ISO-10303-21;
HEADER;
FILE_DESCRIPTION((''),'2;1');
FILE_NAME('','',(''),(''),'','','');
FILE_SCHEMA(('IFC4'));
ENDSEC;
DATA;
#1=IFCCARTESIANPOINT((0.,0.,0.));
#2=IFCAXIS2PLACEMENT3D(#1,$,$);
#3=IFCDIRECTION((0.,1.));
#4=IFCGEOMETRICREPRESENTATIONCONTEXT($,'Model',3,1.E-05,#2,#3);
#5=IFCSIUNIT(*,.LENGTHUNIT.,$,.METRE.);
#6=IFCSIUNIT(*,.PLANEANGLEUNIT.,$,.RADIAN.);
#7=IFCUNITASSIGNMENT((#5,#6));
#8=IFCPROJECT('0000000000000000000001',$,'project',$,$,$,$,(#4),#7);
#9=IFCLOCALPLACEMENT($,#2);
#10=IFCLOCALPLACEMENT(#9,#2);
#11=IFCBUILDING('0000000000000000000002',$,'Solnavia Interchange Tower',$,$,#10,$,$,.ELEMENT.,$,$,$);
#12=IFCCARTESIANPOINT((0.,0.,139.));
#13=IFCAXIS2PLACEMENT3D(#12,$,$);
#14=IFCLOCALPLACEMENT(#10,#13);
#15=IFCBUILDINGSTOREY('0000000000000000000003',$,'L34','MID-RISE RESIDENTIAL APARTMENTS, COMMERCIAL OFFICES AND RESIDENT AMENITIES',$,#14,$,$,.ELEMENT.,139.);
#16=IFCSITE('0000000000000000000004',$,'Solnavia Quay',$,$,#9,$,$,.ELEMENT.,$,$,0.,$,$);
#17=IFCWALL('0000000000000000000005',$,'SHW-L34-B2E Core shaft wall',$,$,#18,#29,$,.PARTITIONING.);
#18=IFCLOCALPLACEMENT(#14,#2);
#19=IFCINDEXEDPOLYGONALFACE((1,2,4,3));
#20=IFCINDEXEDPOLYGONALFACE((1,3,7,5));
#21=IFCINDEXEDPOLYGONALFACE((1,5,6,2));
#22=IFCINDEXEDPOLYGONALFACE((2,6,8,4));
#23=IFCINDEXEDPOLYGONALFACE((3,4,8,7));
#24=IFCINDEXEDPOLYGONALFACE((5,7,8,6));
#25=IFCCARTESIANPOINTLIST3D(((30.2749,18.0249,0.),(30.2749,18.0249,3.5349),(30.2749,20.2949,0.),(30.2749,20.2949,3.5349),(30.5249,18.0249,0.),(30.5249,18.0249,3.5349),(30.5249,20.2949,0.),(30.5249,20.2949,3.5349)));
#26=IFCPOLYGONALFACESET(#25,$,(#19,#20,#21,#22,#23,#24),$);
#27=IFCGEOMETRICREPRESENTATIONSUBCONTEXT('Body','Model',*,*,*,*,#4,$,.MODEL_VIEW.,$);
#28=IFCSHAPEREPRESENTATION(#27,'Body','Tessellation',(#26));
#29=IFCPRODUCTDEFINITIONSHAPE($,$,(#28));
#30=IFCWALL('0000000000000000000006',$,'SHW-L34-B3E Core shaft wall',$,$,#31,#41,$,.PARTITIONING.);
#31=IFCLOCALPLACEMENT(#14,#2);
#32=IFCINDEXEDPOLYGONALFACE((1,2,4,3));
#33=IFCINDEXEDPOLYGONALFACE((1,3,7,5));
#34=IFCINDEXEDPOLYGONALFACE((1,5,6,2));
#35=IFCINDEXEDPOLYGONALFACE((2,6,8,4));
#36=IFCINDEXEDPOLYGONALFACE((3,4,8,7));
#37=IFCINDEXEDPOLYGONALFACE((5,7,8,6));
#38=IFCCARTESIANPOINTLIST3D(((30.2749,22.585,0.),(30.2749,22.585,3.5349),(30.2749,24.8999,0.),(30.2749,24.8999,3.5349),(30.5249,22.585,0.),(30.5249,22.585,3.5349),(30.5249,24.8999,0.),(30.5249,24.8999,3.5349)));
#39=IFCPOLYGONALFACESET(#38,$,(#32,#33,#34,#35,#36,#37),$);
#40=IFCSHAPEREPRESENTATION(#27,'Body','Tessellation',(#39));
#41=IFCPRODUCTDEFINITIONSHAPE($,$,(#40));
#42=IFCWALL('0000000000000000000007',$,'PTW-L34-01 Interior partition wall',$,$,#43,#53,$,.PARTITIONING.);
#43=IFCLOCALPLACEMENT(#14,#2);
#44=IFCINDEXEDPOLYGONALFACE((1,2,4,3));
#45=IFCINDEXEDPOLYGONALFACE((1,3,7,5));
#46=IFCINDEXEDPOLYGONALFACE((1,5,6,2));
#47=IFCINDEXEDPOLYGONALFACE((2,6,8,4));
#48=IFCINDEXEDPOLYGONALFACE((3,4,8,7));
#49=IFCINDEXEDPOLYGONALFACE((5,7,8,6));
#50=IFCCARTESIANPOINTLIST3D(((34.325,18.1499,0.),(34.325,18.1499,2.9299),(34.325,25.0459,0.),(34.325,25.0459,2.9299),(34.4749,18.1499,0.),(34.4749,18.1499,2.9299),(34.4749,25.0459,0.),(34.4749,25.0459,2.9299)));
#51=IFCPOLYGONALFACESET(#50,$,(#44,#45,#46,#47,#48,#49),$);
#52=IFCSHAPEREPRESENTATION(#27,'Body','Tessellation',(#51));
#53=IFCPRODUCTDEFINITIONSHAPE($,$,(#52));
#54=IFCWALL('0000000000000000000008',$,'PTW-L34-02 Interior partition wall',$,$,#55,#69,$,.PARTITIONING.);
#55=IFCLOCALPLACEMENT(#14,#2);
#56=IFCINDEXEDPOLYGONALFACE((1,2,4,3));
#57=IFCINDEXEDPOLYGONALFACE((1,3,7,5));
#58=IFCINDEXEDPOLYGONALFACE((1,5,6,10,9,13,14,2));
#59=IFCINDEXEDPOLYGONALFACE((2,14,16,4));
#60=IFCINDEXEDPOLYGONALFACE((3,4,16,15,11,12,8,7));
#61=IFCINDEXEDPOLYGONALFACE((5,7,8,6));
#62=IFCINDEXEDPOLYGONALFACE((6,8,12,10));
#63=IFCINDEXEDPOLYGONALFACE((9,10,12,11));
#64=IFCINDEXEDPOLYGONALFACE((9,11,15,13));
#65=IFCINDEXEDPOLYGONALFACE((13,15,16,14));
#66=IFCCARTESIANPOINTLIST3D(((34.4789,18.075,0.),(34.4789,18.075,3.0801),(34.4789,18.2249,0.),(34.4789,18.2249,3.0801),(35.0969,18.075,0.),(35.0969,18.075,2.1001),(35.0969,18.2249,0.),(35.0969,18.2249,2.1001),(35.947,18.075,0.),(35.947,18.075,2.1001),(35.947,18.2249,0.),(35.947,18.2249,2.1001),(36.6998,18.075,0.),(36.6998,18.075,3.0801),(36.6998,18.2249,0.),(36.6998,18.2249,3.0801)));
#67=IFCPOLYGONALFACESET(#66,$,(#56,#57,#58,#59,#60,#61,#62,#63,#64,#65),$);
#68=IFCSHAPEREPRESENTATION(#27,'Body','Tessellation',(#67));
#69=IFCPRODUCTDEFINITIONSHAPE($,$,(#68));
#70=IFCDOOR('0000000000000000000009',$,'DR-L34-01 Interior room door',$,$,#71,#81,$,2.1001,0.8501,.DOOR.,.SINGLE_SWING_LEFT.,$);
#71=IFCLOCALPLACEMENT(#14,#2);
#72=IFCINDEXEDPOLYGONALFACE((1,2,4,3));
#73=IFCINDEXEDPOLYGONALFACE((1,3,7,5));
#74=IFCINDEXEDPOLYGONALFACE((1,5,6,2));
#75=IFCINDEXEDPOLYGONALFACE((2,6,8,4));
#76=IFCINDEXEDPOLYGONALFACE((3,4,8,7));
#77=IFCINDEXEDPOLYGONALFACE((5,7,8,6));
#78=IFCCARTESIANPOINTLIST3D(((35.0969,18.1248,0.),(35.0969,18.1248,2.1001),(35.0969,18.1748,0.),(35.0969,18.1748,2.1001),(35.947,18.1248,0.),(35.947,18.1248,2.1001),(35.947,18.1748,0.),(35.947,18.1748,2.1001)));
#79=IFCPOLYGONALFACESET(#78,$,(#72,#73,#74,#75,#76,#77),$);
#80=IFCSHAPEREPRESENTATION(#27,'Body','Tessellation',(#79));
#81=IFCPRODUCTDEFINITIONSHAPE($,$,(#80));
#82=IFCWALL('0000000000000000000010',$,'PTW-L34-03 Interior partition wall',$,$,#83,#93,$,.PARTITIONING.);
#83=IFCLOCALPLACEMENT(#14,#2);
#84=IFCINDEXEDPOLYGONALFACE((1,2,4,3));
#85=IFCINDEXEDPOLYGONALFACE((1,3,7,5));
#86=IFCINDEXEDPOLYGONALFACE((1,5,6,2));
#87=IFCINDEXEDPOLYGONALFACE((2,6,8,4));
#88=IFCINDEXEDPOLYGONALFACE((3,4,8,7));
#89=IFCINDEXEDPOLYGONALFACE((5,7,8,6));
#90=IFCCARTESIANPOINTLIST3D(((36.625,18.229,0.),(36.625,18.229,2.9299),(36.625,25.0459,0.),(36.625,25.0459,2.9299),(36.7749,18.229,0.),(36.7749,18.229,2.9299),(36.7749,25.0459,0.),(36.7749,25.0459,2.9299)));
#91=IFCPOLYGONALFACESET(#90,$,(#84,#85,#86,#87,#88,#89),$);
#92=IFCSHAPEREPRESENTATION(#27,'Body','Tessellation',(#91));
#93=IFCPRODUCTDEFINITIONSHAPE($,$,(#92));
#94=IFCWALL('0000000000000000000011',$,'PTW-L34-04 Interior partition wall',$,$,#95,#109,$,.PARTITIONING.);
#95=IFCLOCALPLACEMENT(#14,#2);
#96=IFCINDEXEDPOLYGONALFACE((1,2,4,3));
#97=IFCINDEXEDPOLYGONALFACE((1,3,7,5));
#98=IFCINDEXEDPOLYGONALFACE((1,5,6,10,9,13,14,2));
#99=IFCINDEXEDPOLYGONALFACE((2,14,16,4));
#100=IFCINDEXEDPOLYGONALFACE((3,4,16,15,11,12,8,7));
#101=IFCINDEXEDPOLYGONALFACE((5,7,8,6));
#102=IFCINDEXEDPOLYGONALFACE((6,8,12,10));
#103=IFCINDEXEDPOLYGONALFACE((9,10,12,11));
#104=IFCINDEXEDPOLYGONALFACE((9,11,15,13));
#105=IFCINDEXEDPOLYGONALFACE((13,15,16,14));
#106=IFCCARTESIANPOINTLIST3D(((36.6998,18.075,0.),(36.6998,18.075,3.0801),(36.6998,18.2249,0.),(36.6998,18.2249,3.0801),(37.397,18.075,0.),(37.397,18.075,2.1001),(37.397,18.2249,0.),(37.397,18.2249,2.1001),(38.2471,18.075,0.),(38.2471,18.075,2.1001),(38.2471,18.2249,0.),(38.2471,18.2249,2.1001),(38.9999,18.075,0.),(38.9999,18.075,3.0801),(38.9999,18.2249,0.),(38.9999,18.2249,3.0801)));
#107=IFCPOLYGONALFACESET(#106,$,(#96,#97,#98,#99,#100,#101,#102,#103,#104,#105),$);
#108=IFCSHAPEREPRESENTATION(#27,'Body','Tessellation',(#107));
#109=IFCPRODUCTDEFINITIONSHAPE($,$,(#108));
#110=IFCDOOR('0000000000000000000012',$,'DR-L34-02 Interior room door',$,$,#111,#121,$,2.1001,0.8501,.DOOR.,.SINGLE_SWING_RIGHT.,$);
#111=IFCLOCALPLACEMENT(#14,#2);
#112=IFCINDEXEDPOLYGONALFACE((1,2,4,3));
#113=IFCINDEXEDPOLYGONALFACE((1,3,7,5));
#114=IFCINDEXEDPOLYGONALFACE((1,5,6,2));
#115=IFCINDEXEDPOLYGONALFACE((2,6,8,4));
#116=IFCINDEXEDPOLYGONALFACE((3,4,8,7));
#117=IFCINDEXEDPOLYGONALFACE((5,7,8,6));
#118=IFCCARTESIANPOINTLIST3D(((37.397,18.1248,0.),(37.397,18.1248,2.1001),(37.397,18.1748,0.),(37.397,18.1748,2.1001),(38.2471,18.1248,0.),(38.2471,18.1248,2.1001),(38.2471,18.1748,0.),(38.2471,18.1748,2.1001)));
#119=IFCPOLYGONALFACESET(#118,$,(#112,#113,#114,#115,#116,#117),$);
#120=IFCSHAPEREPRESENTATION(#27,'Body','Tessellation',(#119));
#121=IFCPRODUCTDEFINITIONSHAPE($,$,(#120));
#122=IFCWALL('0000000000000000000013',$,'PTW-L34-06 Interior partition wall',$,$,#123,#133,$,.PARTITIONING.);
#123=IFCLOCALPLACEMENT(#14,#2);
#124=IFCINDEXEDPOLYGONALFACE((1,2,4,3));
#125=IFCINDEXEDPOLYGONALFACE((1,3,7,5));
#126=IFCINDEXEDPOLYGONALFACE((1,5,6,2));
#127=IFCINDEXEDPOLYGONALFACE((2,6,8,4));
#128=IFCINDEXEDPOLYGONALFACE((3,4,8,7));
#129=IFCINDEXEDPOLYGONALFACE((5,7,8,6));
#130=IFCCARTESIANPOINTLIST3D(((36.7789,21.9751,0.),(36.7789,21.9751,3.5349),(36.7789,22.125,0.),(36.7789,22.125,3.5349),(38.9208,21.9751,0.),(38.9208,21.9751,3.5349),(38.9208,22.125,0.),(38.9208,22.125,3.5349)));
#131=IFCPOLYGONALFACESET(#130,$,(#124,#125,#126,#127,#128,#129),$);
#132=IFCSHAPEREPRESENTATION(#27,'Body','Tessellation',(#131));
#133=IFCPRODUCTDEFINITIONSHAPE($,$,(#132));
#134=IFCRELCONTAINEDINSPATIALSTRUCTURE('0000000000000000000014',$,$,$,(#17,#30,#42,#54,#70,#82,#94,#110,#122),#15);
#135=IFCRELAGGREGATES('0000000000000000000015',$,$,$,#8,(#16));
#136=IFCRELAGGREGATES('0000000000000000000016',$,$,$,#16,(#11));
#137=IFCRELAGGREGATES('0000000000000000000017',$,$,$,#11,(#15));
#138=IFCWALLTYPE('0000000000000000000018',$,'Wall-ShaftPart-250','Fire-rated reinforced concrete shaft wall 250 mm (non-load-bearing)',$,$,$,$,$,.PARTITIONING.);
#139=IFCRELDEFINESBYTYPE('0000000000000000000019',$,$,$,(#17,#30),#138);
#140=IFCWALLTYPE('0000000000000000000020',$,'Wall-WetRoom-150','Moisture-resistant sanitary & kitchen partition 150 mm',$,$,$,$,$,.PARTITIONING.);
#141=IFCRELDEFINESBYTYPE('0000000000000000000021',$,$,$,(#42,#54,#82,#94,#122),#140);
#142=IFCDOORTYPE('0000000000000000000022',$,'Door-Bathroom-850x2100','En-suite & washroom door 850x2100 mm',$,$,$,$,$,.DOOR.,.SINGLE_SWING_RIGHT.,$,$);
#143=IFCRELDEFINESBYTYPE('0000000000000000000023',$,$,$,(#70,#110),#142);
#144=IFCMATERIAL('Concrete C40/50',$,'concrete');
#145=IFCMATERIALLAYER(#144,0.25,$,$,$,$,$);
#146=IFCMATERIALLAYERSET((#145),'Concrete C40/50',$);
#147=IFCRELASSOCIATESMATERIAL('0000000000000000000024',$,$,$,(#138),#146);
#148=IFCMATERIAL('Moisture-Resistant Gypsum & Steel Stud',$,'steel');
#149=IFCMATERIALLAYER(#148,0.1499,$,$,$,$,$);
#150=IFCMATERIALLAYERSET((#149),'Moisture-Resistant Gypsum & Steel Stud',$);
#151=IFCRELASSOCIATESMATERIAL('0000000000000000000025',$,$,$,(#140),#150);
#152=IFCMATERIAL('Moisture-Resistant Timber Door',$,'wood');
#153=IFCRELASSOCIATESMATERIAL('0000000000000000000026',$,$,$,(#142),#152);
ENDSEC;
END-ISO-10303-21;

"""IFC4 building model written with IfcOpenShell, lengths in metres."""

from ifc_helpers import new_model, si_unit, direction, frame, frame_2d, origin, place, context, subcontext, project, spatial, rectangle, extrude, material, layer, layer_set, type_object, element, fill, save


model = new_model("IFC4")

# Units and contexts
model_context = context("Model", 3, precision=1e-05, world=origin(), true_north=direction((0.0, 1.0)))
body_context = subcontext(model_context, "Body", "Model", "MODEL_VIEW")
ifc_project = project(units=[si_unit("LENGTHUNIT", "METRE"), si_unit("PLANEANGLEUNIT", "RADIAN")], contexts=[model_context])

# Site, building, storey
site_placement = place(None, origin())
site = spatial("IfcSite", under=ifc_project, at=site_placement, Name="Solnavia Quay", CompositionType="ELEMENT", RefElevation=0.0)
building_placement = place(site_placement, origin())
building = spatial("IfcBuilding", under=site, at=building_placement, Name="Solnavia Interchange Tower", CompositionType="ELEMENT")
storey_placement = place(building_placement, frame((0.0, 0.0, 139.0)))
storey = spatial("IfcBuildingStorey", under=building, at=storey_placement, Name="L34", Description="MID-RISE RESIDENTIAL APARTMENTS, COMMERCIAL OFFICES AND RESIDENT AMENITIES", CompositionType="ELEMENT", Elevation=139.0)

# Shared definitions
ifc_material_1 = material(Name="Concrete C40/50", Category="concrete")

# Shared definitions
ifc_layer_1 = layer(ifc_material_1, 0.25)
ifc_layer_set_1 = layer_set([ifc_layer_1], Name="Concrete C40/50")
wall_type_1 = type_object("IfcWallType", Name="Wall-ShaftPart-250", Description="Fire-rated reinforced concrete shaft wall 250 mm (non-load-bearing)", PredefinedType="PARTITIONING", material=ifc_layer_set_1)

# Walls
wall_1_placement = place(storey_placement, frame((30.3999, 18.0249, 0.0), z_axis=(0.0, 0.0, 1.0), x_axis=(0.0, 1.0, 0.0)))
element("IfcWall", 1, at=wall_1_placement, inside=storey, type_object=wall_type_1, Name="SHW-L34-B2E Core shaft wall", PredefinedType="PARTITIONING", context=body_context, shape_type="SweptSolid", body=[
    extrude(rectangle(XDim=2.27, YDim=0.25, at=frame_2d((1.135, 0.0))), origin(), (0.0, 0.0, 1.0), 3.5349),
])
wall_2_placement = place(storey_placement, frame((30.3999, 22.585, 0.0), z_axis=(0.0, 0.0, 1.0), x_axis=(0.0, 1.0, 0.0)))
element("IfcWall", 2, at=wall_2_placement, inside=storey, type_object=wall_type_1, Name="SHW-L34-B3E Core shaft wall", PredefinedType="PARTITIONING", context=body_context, shape_type="SweptSolid", body=[
    extrude(rectangle(XDim=2.3149, YDim=0.25, at=frame_2d((1.1575, 0.0))), origin(), (0.0, 0.0, 1.0), 3.5349),
])
ifc_material_2 = material(Name="Moisture-Resistant Gypsum & Steel Stud", Category="steel")
ifc_layer_2 = layer(ifc_material_2, 0.1499)
ifc_layer_set_2 = layer_set([ifc_layer_2], Name="Moisture-Resistant Gypsum & Steel Stud")
wall_type_2 = type_object("IfcWallType", Name="Wall-WetRoom-150", Description="Moisture-resistant sanitary & kitchen partition 150 mm", PredefinedType="PARTITIONING", material=ifc_layer_set_2)
wall_3_placement = place(storey_placement, frame((34.3999, 18.1499, 0.0), z_axis=(0.0, 0.0, 1.0), x_axis=(0.0, 1.0, 0.0)))
element("IfcWall", 3, at=wall_3_placement, inside=storey, type_object=wall_type_2, Name="PTW-L34-01 Interior partition wall", PredefinedType="PARTITIONING", context=body_context, shape_type="SweptSolid", body=[
    extrude(rectangle(XDim=6.896, YDim=0.1499, at=frame_2d((3.448, 0.0))), origin(), (0.0, 0.0, 1.0), 2.9299),
])

# Wall, opening, door
wall_4_placement = place(storey_placement, frame((34.479, 18.1499, 0.0), z_axis=(0.0, 0.0, 1.0), x_axis=(1.0, 0.0, 0.0)))
wall_4 = element("IfcWall", 4, at=wall_4_placement, inside=storey, type_object=wall_type_2, Name="PTW-L34-02 Interior partition wall", PredefinedType="PARTITIONING", context=body_context, shape_type="SweptSolid", body=[
    extrude(rectangle(XDim=2.2209, YDim=0.1499, at=frame_2d((1.1104, 0.0))), origin(), (0.0, 0.0, 1.0), 3.0801),
])
opening_1_placement = place(wall_4_placement, frame((0.6179, 0.0, 0.0)))
opening_1 = element("IfcOpeningElement", 5, at=opening_1_placement, cuts=wall_4, PredefinedType="OPENING", context=body_context, shape_type="SweptSolid", body=[
    extrude(rectangle(XDim=0.8501, YDim=2.1001, at=frame_2d((0.425, 1.05))), frame((0.0, 0.085, 0.0), z_axis=(0.0, -1.0, 0.0), x_axis=(1.0, 0.0, 0.0)), (0.0, 0.0, 1.0), 0.1699),
])
ifc_material_3 = material(Name="Moisture-Resistant Timber Door", Category="wood")
door_type_1 = type_object("IfcDoorType", Name="Door-Bathroom-850x2100", Description="En-suite & washroom door 850x2100 mm", OperationType="SINGLE_SWING_RIGHT", PredefinedType="DOOR", material=ifc_material_3)
door_1_placement = place(opening_1_placement, origin())
door_1 = element("IfcDoor", 6, at=door_1_placement, inside=storey, type_object=door_type_1, Name="DR-L34-01 Interior room door", OperationType="SINGLE_SWING_LEFT", OverallHeight=2.1001, OverallWidth=0.8501, PredefinedType="DOOR", context=body_context, shape_type="SweptSolid", body=[
    extrude(rectangle(XDim=0.8501, YDim=2.1001, at=frame_2d((0.425, 1.05))), frame((0.0, 0.0249, 0.0), z_axis=(0.0, -1.0, 0.0), x_axis=(1.0, 0.0, 0.0)), (0.0, 0.0, 1.0), 0.05),
])
fill(opening_1, door_1)

# Wall
wall_5_placement = place(storey_placement, frame((36.7, 18.229, 0.0), z_axis=(0.0, 0.0, 1.0), x_axis=(0.0, 1.0, 0.0)))
element("IfcWall", 7, at=wall_5_placement, inside=storey, type_object=wall_type_2, Name="PTW-L34-03 Interior partition wall", PredefinedType="PARTITIONING", context=body_context, shape_type="SweptSolid", body=[
    extrude(rectangle(XDim=6.8169, YDim=0.1499, at=frame_2d((3.4084, 0.0))), origin(), (0.0, 0.0, 1.0), 2.9299),
])

# Wall, opening, door
wall_6_placement = place(storey_placement, frame((36.7, 18.1499, 0.0), z_axis=(0.0, 0.0, 1.0), x_axis=(1.0, 0.0, 0.0)))
wall_6 = element("IfcWall", 8, at=wall_6_placement, inside=storey, type_object=wall_type_2, Name="PTW-L34-04 Interior partition wall", PredefinedType="PARTITIONING", context=body_context, shape_type="SweptSolid", body=[
    extrude(rectangle(XDim=2.3, YDim=0.1499, at=frame_2d((1.1499, 0.0))), origin(), (0.0, 0.0, 1.0), 3.0801),
])
opening_2_placement = place(wall_6_placement, frame((0.697, 0.0, 0.0)))
opening_2 = element("IfcOpeningElement", 9, at=opening_2_placement, cuts=wall_6, PredefinedType="OPENING", context=body_context, shape_type="SweptSolid", body=[
    extrude(rectangle(XDim=0.8501, YDim=2.1001, at=frame_2d((0.425, 1.05))), frame((0.0, 0.085, 0.0), z_axis=(0.0, -1.0, 0.0), x_axis=(1.0, 0.0, 0.0)), (0.0, 0.0, 1.0), 0.1699),
])
door_2_placement = place(opening_2_placement, origin())
door_2 = element("IfcDoor", 10, at=door_2_placement, inside=storey, type_object=door_type_1, Name="DR-L34-02 Interior room door", OperationType="SINGLE_SWING_RIGHT", OverallHeight=2.1001, OverallWidth=0.8501, PredefinedType="DOOR", context=body_context, shape_type="SweptSolid", body=[
    extrude(rectangle(XDim=0.8501, YDim=2.1001, at=frame_2d((0.425, 1.05))), frame((0.0, 0.0249, 0.0), z_axis=(0.0, -1.0, 0.0), x_axis=(1.0, 0.0, 0.0)), (0.0, 0.0, 1.0), 0.05),
])
fill(opening_2, door_2)

# Wall
wall_7_placement = place(storey_placement, frame((36.7791, 22.05, 0.0), z_axis=(0.0, 0.0, 1.0), x_axis=(1.0, 0.0, 0.0)))
element("IfcWall", 11, at=wall_7_placement, inside=storey, type_object=wall_type_2, Name="PTW-L34-06 Interior partition wall", PredefinedType="PARTITIONING", context=body_context, shape_type="SweptSolid", body=[
    extrude(rectangle(XDim=2.1418, YDim=0.1499, at=frame_2d((1.0708, 0.0))), origin(), (0.0, 0.0, 1.0), 3.5349),
])

save(model, "model.ifc")
